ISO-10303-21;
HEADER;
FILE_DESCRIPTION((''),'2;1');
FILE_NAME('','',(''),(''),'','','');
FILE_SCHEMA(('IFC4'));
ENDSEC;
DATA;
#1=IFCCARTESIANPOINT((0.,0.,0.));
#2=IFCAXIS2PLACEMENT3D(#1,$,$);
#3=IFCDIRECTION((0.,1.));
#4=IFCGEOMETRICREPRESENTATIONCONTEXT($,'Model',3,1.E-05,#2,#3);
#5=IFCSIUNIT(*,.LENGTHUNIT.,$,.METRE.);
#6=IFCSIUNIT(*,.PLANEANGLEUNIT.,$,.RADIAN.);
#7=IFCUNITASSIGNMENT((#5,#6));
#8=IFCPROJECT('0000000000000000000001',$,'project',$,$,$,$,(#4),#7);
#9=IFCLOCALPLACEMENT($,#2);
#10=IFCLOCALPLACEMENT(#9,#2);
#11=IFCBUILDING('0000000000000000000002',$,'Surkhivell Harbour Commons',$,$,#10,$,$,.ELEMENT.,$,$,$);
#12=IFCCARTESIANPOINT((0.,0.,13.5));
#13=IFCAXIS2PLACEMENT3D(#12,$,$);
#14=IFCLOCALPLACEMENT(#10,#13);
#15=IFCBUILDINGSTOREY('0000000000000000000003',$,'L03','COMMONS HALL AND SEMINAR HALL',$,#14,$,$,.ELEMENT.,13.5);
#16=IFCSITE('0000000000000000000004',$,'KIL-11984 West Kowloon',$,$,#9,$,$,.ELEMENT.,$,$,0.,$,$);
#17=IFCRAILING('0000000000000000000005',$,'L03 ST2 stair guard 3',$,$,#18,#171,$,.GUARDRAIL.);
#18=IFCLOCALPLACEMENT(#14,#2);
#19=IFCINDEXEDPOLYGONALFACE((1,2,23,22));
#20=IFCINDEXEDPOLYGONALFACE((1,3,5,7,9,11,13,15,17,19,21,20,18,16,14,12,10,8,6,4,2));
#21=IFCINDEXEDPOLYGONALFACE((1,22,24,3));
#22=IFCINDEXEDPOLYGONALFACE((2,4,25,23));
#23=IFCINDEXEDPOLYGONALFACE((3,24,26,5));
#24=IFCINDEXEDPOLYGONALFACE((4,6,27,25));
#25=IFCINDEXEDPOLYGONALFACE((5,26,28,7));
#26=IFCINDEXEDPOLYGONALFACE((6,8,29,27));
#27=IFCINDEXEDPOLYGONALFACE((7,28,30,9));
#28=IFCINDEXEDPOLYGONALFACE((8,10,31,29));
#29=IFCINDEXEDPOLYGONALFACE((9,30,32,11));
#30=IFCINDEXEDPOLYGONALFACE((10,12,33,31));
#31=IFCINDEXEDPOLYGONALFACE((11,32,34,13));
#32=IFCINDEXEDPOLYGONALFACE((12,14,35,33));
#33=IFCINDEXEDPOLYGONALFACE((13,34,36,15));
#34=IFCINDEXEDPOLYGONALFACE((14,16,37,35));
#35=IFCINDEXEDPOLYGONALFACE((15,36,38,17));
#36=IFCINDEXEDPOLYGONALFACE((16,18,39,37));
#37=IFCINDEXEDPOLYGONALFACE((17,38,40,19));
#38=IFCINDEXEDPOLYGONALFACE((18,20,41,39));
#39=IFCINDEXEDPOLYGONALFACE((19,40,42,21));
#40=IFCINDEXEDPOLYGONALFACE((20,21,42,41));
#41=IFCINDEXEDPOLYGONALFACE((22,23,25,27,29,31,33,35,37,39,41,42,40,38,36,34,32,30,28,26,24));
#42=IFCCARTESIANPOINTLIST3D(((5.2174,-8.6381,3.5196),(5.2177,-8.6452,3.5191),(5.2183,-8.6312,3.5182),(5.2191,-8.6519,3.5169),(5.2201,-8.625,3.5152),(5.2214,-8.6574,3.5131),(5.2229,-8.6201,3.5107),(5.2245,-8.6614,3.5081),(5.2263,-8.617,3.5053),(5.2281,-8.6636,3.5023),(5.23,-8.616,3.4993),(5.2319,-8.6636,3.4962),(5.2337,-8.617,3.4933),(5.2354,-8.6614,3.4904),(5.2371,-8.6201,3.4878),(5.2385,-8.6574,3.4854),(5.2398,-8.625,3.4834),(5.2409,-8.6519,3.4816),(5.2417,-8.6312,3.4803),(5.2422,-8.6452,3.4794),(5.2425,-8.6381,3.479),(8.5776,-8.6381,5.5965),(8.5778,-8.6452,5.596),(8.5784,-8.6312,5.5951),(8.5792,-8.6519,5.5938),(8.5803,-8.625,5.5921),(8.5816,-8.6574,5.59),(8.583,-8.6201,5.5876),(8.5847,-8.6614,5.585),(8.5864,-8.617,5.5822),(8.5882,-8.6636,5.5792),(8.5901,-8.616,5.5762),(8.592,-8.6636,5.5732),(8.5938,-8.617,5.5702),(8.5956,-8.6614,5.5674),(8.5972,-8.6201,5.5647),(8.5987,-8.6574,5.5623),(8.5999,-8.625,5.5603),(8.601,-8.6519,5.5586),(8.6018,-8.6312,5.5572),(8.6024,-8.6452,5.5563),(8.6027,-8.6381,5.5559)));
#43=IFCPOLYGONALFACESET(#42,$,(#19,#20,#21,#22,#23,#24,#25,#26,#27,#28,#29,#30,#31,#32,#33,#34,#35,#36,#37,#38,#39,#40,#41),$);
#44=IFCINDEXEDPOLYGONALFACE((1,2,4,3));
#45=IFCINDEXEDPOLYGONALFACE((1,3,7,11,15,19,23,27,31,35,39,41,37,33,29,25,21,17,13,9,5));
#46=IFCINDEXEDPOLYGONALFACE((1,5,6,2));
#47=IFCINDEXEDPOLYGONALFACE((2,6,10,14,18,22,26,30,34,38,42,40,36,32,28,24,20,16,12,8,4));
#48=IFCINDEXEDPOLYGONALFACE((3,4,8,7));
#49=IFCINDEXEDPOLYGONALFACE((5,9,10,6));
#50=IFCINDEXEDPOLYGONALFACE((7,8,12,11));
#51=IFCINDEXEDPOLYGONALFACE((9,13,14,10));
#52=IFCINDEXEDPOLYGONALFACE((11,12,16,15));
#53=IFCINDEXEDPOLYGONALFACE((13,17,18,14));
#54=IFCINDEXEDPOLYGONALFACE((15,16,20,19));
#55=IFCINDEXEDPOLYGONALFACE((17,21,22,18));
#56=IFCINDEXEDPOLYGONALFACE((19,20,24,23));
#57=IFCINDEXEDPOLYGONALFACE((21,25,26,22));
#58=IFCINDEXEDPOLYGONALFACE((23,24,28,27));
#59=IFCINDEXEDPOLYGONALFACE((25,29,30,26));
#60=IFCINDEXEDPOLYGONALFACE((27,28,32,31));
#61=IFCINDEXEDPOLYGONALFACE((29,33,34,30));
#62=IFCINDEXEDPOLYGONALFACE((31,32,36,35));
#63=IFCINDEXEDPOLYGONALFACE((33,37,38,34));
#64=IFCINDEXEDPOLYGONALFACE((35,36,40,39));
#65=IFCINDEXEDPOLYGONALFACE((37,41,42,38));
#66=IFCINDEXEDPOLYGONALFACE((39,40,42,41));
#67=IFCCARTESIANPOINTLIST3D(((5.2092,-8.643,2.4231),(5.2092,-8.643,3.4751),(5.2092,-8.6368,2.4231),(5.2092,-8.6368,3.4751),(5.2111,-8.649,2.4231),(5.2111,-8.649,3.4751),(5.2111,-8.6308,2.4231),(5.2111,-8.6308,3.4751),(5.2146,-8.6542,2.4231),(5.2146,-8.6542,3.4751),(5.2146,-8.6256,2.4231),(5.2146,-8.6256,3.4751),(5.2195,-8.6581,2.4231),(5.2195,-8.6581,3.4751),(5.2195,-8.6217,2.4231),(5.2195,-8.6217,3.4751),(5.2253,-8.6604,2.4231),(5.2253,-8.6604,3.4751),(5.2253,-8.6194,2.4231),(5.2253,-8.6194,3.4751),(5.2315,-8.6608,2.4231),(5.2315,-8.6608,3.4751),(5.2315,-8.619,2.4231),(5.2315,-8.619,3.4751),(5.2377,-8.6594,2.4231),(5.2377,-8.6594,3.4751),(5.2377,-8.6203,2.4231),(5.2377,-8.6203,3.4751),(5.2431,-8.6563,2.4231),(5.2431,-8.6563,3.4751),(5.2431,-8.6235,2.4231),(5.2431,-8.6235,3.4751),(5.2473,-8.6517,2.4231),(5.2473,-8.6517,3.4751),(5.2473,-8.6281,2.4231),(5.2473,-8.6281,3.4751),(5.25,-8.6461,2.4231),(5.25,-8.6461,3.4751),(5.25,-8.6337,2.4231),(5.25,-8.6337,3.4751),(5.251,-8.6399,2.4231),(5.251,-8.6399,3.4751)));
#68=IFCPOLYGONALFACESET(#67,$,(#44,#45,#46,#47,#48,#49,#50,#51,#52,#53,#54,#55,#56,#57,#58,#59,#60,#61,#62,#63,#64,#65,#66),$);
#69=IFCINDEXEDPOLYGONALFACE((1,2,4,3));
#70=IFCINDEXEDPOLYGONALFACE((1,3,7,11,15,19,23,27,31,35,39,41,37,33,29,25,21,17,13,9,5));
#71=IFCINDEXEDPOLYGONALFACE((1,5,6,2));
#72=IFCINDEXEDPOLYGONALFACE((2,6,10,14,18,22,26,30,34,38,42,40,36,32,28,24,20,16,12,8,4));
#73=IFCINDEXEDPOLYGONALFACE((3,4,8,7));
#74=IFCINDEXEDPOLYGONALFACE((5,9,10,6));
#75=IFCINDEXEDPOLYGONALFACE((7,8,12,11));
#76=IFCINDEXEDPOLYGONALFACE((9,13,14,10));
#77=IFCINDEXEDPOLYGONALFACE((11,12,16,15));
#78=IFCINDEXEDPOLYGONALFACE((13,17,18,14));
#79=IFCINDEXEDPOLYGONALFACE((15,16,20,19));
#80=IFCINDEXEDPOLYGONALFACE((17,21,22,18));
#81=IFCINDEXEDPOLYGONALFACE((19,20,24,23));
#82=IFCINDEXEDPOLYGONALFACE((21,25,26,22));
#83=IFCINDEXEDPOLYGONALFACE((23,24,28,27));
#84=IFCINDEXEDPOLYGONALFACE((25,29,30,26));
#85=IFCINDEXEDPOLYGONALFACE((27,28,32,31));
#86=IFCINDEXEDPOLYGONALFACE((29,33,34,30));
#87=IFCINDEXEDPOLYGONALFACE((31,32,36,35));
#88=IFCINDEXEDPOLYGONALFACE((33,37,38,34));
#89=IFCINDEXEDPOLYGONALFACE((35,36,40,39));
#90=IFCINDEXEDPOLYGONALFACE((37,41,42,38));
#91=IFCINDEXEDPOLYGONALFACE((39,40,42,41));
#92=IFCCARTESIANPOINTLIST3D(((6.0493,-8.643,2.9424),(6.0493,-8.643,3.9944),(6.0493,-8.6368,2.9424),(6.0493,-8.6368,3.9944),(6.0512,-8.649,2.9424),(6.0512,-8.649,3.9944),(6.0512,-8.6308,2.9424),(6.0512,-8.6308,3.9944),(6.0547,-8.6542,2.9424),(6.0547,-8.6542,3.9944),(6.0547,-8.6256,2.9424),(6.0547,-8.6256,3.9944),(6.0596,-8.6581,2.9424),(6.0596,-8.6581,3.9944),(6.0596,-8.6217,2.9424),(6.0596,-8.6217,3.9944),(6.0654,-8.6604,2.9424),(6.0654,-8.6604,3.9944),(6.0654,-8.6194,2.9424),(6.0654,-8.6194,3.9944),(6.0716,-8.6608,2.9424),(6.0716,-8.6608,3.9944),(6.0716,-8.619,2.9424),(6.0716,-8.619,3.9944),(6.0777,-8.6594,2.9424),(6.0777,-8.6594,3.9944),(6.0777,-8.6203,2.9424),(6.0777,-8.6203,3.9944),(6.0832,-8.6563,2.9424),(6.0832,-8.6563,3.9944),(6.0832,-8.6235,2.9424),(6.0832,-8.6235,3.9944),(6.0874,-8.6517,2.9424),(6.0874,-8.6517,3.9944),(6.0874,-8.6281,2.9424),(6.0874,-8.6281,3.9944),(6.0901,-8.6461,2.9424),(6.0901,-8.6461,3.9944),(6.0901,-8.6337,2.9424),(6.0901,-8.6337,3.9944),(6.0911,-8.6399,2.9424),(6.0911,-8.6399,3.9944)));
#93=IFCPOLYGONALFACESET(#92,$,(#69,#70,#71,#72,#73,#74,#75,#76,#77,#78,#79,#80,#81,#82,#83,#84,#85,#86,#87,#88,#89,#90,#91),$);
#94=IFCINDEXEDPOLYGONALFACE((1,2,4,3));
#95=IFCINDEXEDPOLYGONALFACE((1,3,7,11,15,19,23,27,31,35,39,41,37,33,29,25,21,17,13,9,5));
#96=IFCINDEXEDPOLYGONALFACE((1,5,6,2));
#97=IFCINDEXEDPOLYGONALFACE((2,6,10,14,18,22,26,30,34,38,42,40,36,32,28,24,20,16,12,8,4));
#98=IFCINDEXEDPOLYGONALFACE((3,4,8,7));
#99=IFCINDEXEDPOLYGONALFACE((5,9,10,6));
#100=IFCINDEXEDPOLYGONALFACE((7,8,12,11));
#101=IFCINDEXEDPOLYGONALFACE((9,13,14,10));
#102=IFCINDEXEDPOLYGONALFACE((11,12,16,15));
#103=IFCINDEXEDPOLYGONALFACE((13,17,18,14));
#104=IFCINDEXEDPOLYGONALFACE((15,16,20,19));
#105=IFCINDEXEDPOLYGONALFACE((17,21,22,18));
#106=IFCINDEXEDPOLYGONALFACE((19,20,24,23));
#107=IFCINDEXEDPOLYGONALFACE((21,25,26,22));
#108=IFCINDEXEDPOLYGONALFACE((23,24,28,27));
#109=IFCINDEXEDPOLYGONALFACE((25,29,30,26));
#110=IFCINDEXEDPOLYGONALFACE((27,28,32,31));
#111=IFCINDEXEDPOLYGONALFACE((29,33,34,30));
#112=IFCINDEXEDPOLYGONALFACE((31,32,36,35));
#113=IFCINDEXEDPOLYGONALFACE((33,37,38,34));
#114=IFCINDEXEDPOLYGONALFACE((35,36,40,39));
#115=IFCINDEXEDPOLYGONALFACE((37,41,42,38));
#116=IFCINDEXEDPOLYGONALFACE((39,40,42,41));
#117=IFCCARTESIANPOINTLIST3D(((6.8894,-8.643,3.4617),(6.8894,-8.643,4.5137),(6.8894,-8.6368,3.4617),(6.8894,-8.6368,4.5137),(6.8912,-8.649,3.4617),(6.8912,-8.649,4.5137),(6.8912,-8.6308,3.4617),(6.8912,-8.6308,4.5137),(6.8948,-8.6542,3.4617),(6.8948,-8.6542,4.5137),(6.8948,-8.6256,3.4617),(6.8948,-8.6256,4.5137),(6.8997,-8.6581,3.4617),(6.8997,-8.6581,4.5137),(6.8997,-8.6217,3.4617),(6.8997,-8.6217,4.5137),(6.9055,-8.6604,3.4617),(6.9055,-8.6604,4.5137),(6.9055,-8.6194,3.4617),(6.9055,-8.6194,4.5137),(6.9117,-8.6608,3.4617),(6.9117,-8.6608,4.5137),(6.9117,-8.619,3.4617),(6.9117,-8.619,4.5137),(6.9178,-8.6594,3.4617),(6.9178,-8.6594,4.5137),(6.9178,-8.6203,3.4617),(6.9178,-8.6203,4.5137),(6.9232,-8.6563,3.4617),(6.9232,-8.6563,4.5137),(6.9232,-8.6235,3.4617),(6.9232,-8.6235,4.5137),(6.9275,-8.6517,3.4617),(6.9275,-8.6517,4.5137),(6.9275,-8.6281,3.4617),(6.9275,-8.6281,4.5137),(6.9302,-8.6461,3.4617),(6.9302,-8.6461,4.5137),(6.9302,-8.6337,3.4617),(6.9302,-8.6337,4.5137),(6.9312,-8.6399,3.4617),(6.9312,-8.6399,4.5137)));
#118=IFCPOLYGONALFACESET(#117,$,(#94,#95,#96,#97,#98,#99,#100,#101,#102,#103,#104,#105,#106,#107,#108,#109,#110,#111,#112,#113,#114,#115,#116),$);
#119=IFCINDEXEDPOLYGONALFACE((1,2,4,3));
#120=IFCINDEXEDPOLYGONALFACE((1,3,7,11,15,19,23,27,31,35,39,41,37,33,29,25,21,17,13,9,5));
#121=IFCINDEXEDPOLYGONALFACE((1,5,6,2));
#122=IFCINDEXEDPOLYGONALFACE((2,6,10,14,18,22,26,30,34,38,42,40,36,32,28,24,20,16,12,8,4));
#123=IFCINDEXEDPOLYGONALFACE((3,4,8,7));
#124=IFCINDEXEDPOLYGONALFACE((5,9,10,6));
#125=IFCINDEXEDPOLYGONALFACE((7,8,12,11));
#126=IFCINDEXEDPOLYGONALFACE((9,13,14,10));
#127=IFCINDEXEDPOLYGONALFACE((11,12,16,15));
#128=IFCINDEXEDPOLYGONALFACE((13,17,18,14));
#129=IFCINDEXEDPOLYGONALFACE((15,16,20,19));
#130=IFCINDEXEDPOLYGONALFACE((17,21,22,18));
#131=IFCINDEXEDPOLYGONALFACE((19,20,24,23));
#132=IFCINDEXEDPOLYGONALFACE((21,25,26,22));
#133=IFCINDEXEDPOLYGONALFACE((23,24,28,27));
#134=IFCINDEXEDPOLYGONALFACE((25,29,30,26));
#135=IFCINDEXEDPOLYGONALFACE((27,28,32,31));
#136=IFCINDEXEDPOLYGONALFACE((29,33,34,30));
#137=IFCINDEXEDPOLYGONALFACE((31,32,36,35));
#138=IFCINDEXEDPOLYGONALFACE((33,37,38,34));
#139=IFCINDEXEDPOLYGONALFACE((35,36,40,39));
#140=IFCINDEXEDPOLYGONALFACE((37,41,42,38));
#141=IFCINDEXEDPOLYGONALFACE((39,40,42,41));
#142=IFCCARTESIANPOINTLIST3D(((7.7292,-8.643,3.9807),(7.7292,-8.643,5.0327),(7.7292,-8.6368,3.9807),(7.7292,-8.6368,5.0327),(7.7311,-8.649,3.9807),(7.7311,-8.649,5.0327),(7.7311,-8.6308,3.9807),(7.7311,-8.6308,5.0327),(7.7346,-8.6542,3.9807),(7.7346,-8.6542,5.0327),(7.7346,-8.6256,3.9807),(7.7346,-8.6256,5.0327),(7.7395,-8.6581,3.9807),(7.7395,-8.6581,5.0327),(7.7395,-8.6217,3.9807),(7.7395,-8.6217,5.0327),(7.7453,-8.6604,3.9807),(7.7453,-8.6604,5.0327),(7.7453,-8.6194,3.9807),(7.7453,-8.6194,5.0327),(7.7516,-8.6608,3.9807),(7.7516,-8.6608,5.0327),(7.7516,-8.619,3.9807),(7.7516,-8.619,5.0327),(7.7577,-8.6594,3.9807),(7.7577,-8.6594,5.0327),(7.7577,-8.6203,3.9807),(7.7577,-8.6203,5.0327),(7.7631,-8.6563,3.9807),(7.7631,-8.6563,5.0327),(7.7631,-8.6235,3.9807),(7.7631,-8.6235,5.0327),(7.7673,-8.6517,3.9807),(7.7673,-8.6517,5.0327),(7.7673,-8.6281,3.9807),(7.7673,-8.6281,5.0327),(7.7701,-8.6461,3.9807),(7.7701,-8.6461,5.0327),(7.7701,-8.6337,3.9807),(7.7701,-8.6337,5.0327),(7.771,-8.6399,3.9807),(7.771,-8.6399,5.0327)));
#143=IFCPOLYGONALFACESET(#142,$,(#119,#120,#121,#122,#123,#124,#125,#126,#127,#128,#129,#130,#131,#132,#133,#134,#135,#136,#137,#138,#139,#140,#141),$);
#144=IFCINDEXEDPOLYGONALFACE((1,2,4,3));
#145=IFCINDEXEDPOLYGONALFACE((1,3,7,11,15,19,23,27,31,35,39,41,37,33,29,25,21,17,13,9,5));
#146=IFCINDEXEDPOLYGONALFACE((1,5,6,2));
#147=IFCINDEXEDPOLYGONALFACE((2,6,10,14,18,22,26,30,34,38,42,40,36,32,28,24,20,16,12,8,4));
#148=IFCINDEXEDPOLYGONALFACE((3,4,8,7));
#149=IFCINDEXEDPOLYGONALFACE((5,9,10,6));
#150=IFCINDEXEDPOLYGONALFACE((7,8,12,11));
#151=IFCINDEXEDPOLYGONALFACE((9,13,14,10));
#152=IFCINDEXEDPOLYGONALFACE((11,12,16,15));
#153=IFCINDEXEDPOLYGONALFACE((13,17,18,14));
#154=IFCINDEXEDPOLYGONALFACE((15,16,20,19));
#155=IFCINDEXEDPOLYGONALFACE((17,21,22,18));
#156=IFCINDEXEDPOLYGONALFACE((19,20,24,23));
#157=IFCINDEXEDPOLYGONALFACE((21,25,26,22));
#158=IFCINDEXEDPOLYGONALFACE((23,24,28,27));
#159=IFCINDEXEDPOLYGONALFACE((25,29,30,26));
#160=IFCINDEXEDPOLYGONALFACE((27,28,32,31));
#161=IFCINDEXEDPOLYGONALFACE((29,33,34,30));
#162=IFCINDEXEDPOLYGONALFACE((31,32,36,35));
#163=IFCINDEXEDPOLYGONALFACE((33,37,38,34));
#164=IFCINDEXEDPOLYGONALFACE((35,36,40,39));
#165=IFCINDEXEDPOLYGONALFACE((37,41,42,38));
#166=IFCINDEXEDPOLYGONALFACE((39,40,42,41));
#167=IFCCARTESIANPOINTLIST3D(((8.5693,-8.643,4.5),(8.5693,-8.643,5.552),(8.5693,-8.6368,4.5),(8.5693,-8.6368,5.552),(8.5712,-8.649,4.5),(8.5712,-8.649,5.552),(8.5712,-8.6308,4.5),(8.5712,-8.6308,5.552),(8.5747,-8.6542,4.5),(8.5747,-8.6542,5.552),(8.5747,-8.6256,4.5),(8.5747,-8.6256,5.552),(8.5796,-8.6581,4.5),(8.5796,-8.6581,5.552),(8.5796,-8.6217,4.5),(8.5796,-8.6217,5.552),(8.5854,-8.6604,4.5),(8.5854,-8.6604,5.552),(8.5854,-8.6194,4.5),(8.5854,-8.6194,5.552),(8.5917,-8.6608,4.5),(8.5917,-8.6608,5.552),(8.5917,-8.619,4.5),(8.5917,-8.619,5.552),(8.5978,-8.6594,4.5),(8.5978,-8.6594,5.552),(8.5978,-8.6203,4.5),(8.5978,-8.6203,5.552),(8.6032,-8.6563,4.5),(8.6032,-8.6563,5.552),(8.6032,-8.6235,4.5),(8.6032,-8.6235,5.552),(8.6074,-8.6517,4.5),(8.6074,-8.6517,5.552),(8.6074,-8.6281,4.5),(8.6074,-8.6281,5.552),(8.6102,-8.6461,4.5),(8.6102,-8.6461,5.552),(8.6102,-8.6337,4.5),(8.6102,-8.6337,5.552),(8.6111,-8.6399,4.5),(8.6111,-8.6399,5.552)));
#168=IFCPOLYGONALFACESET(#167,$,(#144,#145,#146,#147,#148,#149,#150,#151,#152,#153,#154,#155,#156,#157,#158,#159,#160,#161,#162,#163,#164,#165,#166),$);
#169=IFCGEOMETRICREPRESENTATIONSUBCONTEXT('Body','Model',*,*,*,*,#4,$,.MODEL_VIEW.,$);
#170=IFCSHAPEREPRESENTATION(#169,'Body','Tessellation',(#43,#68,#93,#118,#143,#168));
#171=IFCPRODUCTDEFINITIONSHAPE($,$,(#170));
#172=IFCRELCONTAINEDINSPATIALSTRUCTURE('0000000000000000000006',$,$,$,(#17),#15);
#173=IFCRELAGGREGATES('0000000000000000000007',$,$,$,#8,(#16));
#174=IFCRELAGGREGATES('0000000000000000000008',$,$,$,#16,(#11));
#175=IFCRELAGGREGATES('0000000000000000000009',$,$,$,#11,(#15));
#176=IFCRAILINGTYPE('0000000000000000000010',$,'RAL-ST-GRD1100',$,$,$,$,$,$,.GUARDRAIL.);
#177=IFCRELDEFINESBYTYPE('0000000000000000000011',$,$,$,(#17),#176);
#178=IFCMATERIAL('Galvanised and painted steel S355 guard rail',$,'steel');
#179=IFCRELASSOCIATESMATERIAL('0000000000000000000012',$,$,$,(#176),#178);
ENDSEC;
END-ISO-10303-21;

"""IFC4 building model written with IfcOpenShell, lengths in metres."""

from ifc_helpers import new_model, si_unit, direction, frame, origin, origin_2d, place, context, subcontext, project, spatial, circle, extrude, material, type_object, element, save


model = new_model("IFC4")

# Units and contexts
model_context = context("Model", 3, precision=1e-05, world=origin(), true_north=direction((0.0, 1.0)))
body_context = subcontext(model_context, "Body", "Model", "MODEL_VIEW")
ifc_project = project(units=[si_unit("LENGTHUNIT", "METRE"), si_unit("PLANEANGLEUNIT", "RADIAN")], contexts=[model_context])

# Site, building, storey
site_placement = place(None, origin())
site = spatial("IfcSite", under=ifc_project, at=site_placement, Name="KIL-11984 West Kowloon", CompositionType="ELEMENT", RefElevation=0.0)
building_placement = place(site_placement, origin())
building = spatial("IfcBuilding", under=site, at=building_placement, Name="Surkhivell Harbour Commons", CompositionType="ELEMENT")
storey_placement = place(building_placement, frame((0.0, 0.0, 13.5)))
storey = spatial("IfcBuildingStorey", under=building, at=storey_placement, Name="L03", Description="COMMONS HALL AND SEMINAR HALL", CompositionType="ELEMENT", Elevation=13.5)

# Railing
ifc_material_1 = material(Name="Galvanised and painted steel S355 guard rail", Category="steel")
railing_type_1 = type_object("IfcRailingType", Name="RAL-ST-GRD1100", PredefinedType="GUARDRAIL", material=ifc_material_1)
railing_1_placement = place(storey_placement, frame((5.23, -8.6399, 2.4231)))
element("IfcRailing", 1, at=railing_1_placement, inside=storey, type_object=railing_type_1, Name="L03 ST2 stair guard 3", PredefinedType="GUARDRAIL", context=body_context, shape_type="SweptSolid", body=[
    extrude(circle(Radius=0.0239, at=origin_2d()), frame((0.0, 0.0, 1.0762), z_axis=(0.850623, 0.0, 0.525776), x_axis=(0.0, 1.0, 0.0)), (0.0, 0.0, 1.0), 3.9502),
    extrude(circle(Radius=0.021, at=origin_2d()), origin(), (0.0, 0.0, 1.0), 1.052),
    extrude(circle(Radius=0.021, at=origin_2d()), frame((0.8401, 0.0, 0.5193)), (0.0, 0.0, 1.0), 1.052),
    extrude(circle(Radius=0.021, at=origin_2d()), frame((1.6802, 0.0, 1.0386)), (0.0, 0.0, 1.0), 1.052),
    extrude(circle(Radius=0.021, at=origin_2d()), frame((2.52, 0.0, 1.5576)), (0.0, 0.0, 1.0), 1.052),
    extrude(circle(Radius=0.021, at=origin_2d()), frame((3.3601, 0.0, 2.0769)), (0.0, 0.0, 1.0), 1.052),
])

save(model, "model.ifc")
